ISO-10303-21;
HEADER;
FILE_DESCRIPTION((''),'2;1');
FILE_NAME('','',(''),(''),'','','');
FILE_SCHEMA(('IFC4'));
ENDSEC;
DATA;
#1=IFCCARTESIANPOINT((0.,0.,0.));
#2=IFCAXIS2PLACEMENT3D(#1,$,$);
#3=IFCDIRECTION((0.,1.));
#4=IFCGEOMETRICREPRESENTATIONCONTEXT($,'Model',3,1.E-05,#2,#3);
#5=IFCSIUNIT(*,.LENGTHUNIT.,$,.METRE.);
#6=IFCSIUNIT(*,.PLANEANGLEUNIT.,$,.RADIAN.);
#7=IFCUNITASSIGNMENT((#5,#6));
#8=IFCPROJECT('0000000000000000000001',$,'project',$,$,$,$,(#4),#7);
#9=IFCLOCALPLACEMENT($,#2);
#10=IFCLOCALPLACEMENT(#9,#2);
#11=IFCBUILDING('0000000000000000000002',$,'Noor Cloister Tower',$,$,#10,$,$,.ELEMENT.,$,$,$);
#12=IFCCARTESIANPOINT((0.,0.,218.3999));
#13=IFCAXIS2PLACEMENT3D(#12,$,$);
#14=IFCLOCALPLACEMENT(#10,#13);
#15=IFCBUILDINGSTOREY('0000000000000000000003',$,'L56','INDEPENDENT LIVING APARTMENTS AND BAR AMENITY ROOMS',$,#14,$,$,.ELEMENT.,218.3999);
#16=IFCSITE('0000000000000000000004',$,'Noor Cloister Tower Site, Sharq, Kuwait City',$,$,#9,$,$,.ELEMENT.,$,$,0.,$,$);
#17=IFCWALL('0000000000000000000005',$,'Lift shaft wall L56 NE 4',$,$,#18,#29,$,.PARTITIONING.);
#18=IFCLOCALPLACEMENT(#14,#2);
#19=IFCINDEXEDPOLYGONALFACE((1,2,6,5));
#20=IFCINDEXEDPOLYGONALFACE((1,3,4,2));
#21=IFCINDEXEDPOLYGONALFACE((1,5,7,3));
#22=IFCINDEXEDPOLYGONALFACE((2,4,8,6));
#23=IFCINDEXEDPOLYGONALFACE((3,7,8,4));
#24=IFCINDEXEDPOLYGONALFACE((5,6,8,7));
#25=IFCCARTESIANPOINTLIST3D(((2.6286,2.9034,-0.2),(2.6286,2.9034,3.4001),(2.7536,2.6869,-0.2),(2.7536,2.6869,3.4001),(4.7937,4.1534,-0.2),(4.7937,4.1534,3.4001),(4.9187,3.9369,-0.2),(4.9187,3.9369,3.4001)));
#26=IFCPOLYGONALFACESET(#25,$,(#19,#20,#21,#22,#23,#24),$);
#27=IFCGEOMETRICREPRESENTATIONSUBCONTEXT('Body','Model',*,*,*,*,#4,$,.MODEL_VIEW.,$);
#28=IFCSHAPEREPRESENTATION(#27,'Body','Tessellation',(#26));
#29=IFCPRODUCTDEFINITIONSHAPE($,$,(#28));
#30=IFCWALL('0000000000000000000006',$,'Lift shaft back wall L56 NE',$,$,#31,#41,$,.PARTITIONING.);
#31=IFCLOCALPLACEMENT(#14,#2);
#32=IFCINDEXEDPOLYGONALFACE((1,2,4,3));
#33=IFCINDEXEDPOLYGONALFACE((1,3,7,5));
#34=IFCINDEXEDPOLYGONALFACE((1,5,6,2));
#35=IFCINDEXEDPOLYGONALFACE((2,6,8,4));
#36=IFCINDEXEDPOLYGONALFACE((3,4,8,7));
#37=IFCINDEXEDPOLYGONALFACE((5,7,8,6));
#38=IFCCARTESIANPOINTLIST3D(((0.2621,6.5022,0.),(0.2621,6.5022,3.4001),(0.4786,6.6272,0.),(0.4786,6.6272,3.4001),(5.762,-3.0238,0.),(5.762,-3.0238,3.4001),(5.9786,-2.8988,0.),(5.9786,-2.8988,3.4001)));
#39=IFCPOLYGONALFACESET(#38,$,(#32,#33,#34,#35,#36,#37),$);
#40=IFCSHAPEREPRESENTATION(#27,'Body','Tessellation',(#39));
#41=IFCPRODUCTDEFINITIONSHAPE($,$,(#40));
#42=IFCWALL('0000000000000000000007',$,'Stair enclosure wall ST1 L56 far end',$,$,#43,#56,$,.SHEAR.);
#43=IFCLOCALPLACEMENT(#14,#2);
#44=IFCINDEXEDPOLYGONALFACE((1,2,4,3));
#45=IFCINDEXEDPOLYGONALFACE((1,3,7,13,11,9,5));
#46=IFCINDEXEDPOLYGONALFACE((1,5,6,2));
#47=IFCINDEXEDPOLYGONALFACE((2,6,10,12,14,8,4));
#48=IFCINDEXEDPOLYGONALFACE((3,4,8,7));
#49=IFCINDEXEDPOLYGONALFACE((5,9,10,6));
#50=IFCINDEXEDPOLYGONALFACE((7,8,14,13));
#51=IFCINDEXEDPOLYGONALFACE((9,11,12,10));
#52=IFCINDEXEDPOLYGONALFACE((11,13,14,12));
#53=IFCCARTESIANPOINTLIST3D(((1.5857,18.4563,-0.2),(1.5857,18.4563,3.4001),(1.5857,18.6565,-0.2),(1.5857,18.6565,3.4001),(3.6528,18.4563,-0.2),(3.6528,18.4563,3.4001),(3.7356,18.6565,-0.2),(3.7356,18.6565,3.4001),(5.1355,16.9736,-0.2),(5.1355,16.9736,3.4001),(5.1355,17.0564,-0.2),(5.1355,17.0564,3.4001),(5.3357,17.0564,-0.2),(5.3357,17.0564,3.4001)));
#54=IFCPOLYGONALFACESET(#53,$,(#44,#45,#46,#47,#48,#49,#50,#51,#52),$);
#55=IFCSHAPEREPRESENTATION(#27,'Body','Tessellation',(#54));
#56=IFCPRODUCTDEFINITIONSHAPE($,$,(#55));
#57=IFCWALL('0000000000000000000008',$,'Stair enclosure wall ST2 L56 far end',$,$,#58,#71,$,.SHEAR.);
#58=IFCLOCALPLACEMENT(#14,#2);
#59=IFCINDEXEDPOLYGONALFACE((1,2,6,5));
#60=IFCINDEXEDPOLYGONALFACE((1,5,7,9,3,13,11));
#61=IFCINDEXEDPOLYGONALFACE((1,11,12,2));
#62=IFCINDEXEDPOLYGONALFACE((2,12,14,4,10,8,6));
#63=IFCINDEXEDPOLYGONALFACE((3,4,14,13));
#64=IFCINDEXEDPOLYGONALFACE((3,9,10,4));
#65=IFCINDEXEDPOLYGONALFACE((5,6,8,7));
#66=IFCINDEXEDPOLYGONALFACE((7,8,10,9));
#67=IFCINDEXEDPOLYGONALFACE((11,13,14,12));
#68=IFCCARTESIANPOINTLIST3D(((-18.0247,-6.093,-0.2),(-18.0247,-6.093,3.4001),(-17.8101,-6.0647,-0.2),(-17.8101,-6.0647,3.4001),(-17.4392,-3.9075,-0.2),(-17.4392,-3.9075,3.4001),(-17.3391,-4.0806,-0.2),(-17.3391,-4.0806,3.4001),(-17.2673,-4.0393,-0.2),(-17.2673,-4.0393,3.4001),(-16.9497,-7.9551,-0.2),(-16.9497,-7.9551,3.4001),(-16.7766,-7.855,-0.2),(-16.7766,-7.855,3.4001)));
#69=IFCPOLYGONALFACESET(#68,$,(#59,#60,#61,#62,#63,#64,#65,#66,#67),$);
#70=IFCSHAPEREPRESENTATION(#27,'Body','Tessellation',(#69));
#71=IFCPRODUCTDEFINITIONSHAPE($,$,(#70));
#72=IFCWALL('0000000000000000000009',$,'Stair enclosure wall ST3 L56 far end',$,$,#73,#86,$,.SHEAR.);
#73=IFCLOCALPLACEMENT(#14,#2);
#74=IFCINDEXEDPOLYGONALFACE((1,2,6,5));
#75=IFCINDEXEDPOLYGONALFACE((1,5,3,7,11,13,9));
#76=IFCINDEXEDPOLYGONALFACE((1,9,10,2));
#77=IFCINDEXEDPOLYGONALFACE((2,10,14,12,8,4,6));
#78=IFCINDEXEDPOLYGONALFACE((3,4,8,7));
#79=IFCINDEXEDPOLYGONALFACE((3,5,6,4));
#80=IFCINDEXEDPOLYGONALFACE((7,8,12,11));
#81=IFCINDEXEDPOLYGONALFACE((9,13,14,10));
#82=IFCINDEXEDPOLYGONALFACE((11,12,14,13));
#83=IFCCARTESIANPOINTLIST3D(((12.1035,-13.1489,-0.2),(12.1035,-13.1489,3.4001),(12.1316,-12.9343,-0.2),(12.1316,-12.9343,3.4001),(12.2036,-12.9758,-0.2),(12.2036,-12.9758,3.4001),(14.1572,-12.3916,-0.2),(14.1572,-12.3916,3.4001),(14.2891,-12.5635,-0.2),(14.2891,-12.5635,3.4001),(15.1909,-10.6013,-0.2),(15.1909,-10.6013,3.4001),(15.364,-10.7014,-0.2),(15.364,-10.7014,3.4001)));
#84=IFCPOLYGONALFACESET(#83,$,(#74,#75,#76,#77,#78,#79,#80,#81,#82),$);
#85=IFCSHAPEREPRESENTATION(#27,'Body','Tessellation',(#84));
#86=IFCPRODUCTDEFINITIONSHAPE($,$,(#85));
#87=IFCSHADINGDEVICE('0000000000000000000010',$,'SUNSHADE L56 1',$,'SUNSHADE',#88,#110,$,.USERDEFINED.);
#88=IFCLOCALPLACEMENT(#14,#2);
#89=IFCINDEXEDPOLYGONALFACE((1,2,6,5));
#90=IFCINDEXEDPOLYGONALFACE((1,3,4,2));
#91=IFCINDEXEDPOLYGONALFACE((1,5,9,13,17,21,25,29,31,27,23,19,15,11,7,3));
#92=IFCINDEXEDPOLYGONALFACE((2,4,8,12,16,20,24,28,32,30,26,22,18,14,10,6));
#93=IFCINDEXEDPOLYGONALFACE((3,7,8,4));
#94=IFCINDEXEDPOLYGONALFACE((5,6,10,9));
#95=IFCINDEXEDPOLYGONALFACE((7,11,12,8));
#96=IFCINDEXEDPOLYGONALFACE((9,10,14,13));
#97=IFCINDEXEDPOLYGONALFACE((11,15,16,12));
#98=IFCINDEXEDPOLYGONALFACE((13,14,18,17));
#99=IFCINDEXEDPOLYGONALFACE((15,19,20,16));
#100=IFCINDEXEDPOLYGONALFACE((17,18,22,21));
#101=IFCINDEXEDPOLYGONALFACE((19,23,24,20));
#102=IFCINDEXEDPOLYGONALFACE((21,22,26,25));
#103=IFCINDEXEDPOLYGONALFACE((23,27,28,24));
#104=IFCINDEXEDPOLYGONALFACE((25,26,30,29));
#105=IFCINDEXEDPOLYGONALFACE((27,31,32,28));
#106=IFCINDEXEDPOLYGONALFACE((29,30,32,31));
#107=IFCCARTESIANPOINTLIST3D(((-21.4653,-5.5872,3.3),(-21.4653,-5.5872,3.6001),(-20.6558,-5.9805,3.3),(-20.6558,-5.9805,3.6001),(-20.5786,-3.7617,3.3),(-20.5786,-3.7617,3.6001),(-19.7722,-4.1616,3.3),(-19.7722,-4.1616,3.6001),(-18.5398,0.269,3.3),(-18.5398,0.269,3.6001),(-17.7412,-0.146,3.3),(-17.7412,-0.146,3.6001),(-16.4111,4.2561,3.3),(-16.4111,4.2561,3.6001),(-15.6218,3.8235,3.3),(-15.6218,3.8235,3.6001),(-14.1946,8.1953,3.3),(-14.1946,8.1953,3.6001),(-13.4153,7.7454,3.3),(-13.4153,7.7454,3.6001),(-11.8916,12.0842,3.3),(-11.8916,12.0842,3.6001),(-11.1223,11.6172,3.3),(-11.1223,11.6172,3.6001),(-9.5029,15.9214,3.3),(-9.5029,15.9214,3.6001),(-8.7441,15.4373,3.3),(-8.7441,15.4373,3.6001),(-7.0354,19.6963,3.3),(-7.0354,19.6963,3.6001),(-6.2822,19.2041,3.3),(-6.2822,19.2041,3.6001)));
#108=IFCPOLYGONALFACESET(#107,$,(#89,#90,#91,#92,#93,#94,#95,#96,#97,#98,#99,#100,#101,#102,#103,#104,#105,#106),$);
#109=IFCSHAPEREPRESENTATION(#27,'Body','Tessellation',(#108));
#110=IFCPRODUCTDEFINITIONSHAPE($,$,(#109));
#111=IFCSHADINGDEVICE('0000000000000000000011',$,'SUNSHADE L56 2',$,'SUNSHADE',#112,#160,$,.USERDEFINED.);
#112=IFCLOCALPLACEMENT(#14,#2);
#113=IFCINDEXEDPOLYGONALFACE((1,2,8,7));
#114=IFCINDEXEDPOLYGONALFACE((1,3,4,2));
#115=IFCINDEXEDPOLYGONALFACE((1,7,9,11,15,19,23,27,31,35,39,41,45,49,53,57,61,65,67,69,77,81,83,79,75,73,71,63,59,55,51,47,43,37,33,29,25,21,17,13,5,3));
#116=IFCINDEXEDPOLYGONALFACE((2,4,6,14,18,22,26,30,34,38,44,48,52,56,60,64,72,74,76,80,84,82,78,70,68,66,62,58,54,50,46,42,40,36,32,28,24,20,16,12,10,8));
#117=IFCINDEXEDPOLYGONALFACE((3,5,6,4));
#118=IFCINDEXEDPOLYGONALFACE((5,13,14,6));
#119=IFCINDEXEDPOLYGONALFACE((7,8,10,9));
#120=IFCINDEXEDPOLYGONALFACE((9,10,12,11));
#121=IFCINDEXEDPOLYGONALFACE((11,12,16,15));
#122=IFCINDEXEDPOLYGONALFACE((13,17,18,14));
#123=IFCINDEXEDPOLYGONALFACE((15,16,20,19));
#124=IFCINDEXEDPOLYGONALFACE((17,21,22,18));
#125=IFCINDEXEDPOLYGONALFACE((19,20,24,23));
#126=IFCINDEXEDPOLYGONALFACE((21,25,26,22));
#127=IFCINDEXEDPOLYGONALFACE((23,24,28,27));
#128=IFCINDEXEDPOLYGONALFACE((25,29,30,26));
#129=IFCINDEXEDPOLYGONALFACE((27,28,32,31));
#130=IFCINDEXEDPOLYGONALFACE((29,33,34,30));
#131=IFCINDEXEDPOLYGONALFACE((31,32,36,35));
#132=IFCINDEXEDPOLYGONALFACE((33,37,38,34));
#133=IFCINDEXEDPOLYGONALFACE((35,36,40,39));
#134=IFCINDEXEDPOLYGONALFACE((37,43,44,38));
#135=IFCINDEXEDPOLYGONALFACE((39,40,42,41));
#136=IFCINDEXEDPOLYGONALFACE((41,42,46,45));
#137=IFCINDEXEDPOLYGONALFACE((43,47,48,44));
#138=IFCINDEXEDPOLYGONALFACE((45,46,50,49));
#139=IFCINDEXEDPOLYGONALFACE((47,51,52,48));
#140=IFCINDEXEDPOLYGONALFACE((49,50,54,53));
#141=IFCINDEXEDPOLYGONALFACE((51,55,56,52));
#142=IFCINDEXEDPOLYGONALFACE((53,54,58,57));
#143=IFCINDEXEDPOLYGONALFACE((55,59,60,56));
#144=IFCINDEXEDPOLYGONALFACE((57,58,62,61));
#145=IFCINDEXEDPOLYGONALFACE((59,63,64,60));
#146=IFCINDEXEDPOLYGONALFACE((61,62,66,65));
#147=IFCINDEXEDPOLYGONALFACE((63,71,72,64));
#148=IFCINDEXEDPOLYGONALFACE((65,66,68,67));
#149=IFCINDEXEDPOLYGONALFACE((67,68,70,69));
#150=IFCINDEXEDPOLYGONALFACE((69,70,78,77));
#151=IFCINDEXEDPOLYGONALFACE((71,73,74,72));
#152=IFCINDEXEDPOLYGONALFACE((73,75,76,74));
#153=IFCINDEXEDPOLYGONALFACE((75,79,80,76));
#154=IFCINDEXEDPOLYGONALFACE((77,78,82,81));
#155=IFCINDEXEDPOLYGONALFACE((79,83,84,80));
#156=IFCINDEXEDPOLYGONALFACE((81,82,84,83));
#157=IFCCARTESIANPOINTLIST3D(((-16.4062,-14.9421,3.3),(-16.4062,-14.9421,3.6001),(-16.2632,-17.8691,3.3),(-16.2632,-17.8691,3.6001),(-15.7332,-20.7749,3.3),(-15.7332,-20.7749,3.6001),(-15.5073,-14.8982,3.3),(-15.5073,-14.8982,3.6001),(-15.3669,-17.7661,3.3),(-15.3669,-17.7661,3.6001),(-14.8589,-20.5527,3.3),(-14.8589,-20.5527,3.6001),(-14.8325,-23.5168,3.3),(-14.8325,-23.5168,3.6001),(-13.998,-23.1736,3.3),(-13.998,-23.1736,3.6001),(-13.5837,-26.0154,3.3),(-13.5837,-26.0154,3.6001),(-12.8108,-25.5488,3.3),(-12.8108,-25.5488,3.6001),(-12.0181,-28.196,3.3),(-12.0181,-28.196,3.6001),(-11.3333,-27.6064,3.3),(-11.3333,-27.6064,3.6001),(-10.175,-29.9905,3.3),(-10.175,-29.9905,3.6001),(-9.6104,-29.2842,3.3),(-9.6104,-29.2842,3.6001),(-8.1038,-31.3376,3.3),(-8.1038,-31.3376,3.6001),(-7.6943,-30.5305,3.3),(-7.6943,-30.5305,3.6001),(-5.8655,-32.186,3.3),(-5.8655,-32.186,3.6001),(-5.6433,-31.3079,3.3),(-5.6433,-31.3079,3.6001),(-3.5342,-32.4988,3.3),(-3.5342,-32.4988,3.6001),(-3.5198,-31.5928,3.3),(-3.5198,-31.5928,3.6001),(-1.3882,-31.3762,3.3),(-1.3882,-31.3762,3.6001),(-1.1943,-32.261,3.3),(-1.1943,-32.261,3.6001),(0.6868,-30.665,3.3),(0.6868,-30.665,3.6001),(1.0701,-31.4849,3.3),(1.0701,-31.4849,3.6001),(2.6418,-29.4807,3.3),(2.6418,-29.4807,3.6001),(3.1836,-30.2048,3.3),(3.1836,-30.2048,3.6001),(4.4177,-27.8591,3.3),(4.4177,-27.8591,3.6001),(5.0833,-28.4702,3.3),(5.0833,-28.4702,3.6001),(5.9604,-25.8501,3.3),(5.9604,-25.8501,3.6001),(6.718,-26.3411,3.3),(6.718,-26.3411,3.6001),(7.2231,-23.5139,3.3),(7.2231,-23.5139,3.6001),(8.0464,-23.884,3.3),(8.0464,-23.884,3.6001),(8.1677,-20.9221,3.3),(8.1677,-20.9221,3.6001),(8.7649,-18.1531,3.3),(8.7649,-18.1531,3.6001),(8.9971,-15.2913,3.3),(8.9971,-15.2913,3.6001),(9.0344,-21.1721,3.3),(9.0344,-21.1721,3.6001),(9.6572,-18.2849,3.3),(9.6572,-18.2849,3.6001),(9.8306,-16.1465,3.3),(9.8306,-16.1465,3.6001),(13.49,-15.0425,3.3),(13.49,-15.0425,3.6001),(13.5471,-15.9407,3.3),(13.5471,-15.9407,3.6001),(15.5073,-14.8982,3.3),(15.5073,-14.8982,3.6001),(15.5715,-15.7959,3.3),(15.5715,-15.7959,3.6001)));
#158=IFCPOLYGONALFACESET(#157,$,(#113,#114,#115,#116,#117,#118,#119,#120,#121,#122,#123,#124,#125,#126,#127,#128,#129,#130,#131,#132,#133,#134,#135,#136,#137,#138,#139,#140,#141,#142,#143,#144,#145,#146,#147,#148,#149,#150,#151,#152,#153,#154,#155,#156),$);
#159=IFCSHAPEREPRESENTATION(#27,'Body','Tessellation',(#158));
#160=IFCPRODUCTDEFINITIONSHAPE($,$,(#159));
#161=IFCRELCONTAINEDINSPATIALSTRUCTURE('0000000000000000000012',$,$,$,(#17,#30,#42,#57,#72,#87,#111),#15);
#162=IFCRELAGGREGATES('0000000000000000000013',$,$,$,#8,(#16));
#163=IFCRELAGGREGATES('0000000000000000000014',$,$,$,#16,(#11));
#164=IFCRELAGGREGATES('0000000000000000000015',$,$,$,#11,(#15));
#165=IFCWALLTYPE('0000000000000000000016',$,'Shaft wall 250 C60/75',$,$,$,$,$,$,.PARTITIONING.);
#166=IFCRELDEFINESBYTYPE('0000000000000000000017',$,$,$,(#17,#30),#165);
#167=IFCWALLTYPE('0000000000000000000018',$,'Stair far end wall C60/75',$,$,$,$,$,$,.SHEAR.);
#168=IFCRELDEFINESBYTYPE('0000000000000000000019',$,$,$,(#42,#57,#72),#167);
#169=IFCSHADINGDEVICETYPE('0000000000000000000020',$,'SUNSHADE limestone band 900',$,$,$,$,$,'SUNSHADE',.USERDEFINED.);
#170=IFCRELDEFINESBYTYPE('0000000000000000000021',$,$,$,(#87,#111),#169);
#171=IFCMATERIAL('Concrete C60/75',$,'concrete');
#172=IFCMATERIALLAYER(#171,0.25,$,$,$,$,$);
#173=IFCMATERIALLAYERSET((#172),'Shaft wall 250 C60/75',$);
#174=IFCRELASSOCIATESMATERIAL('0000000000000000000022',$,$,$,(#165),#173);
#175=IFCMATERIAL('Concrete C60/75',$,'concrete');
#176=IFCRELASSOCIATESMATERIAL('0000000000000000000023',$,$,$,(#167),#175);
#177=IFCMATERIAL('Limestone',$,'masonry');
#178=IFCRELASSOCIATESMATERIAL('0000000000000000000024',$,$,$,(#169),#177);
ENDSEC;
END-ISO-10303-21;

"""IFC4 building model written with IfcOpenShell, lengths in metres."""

from ifc_helpers import new_model, si_unit, direction, frame, frame_2d, origin, place, context, subcontext, project, spatial, polyline, rectangle, outline, extrude, material, layer, layer_set, type_object, element, save


model = new_model("IFC4")

# Units and contexts
model_context = context("Model", 3, precision=1e-05, world=origin(), true_north=direction((0.0, 1.0)))
body_context = subcontext(model_context, "Body", "Model", "MODEL_VIEW")
ifc_project = project(units=[si_unit("LENGTHUNIT", "METRE"), si_unit("PLANEANGLEUNIT", "RADIAN")], contexts=[model_context])

# Site, building, storey
site_placement = place(None, origin())
site = spatial("IfcSite", under=ifc_project, at=site_placement, Name="Noor Cloister Tower Site, Sharq, Kuwait City", CompositionType="ELEMENT", RefElevation=0.0)
building_placement = place(site_placement, origin())
building = spatial("IfcBuilding", under=site, at=building_placement, Name="Noor Cloister Tower", CompositionType="ELEMENT")
storey_placement = place(building_placement, frame((0.0, 0.0, 218.3999)))
storey = spatial("IfcBuildingStorey", under=building, at=storey_placement, Name="L56", Description="INDEPENDENT LIVING APARTMENTS AND BAR AMENITY ROOMS", CompositionType="ELEMENT", Elevation=218.3999)

# Walls
ifc_material_1 = material(Name="Concrete C60/75", Category="concrete")
ifc_layer_1 = layer(ifc_material_1, 0.25)
ifc_layer_set_1 = layer_set([ifc_layer_1], Name="Shaft wall 250 C60/75")
wall_type_1 = type_object("IfcWallType", Name="Shaft wall 250 C60/75", PredefinedType="PARTITIONING", material=ifc_layer_set_1)
wall_1_placement = place(storey_placement, frame((4.8562, 4.0452, -0.2), z_axis=(0.0, 0.0, 1.0), x_axis=(-0.866023, -0.500004, 0.0)))
element("IfcWall", 1, at=wall_1_placement, inside=storey, type_object=wall_type_1, Name="Lift shaft wall L56 NE 4", PredefinedType="PARTITIONING", context=body_context, shape_type="SweptSolid", body=[
    extrude(rectangle(XDim=2.5, YDim=0.25, at=frame_2d((1.25, 0.0))), origin(), (0.0, 0.0, 1.0), 3.6001),
])
wall_2_placement = place(storey_placement, frame((5.8704, -2.9614, 0.0), z_axis=(0.0, 0.0, 1.0), x_axis=(-0.500006, 0.866022, 0.0)))
element("IfcWall", 2, at=wall_2_placement, inside=storey, type_object=wall_type_1, Name="Lift shaft back wall L56 NE", PredefinedType="PARTITIONING", context=body_context, shape_type="SweptSolid", body=[
    extrude(rectangle(XDim=10.9998, YDim=0.25, at=frame_2d((5.5, 0.0))), origin(), (0.0, 0.0, 1.0), 3.4001),
])
ifc_material_2 = material(Name="Concrete C60/75", Category="concrete")
wall_type_2 = type_object("IfcWallType", Name="Stair far end wall C60/75", PredefinedType="SHEAR", material=ifc_material_2)
wall_3_placement = place(storey_placement, frame((0.0, 0.0, -0.2)))
element("IfcWall", 3, at=wall_3_placement, inside=storey, type_object=wall_type_2, Name="Stair enclosure wall ST1 L56 far end", PredefinedType="SHEAR", context=body_context, shape_type="SweptSolid", body=[
    extrude(outline(polyline([(5.3357, 17.0564), (3.7356, 18.6565), (1.5857, 18.6565), (1.5857, 18.4563), (3.6528, 18.4563), (5.1355, 16.9736), (5.1355, 17.0564), (5.1355, 17.0564), (5.1355, 17.0564), (5.1355, 17.0564), (5.1355, 17.0564), (5.1355, 17.0564), (5.1355, 17.0564), (5.1355, 17.0564), (5.1355, 17.0564), (5.1355, 17.0564), (5.1355, 17.0564), (5.1355, 17.0564), (5.1355, 17.0564), (5.1355, 17.0564), (5.1355, 17.0564), (5.1355, 17.0564), (5.1355, 17.0564), (5.3357, 17.0564)])), origin(), (0.0, 0.0, 1.0), 3.6001),
])
wall_4_placement = place(storey_placement, frame((0.0, 0.0, -0.2)))
element("IfcWall", 4, at=wall_4_placement, inside=storey, type_object=wall_type_2, Name="Stair enclosure wall ST2 L56 far end", PredefinedType="SHEAR", context=body_context, shape_type="SweptSolid", body=[
    extrude(outline(polyline([(-17.4392, -3.9075), (-18.0247, -6.093), (-16.9497, -7.9551), (-16.7766, -7.855), (-17.8101, -6.0647), (-17.2673, -4.0393), (-17.3391, -4.0806), (-17.3391, -4.0806), (-17.3391, -4.0806), (-17.3391, -4.0806), (-17.3391, -4.0806), (-17.3391, -4.0806), (-17.3391, -4.0806), (-17.3391, -4.0806), (-17.3391, -4.0806), (-17.3391, -4.0806), (-17.3391, -4.0806), (-17.3391, -4.0806), (-17.3391, -4.0806), (-17.3391, -4.0806), (-17.3391, -4.0806), (-17.3391, -4.0806), (-17.3391, -4.0806), (-17.4392, -3.9075)])), origin(), (0.0, 0.0, 1.0), 3.6001),
])
wall_5_placement = place(storey_placement, frame((0.0, 0.0, -0.2)))
element("IfcWall", 5, at=wall_5_placement, inside=storey, type_object=wall_type_2, Name="Stair enclosure wall ST3 L56 far end", PredefinedType="SHEAR", context=body_context, shape_type="SweptSolid", body=[
    extrude(outline(polyline([(12.1035, -13.1489), (14.2891, -12.5635), (15.364, -10.7014), (15.1909, -10.6013), (14.1572, -12.3916), (12.1316, -12.9343), (12.2036, -12.9758), (12.2036, -12.9758), (12.2036, -12.9758), (12.2036, -12.9758), (12.2036, -12.9758), (12.2036, -12.9758), (12.2036, -12.9758), (12.2036, -12.9758), (12.2036, -12.9758), (12.2036, -12.9758), (12.2036, -12.9758), (12.2036, -12.9758), (12.2036, -12.9758), (12.2036, -12.9758), (12.2036, -12.9758), (12.2036, -12.9758), (12.2036, -12.9758), (12.1035, -13.1489)])), origin(), (0.0, 0.0, 1.0), 3.6001),
])

# Shading devices
ifc_material_3 = material(Name="Limestone", Category="masonry")
shading_device_type = type_object("IfcShadingDeviceType", Name="SUNSHADE limestone band 900", ElementType="SUNSHADE", PredefinedType="USERDEFINED", material=ifc_material_3)
shading_device_1_placement = place(storey_placement, frame((0.0, 0.0, 3.3)))
element("IfcShadingDevice", 6, at=shading_device_1_placement, inside=storey, type_object=shading_device_type, Name="SUNSHADE L56 1", ObjectType="SUNSHADE", PredefinedType="USERDEFINED", context=body_context, shape_type="SweptSolid", body=[
    extrude(outline(polyline([(-7.0354, 19.6963), (-9.5029, 15.9214), (-11.8916, 12.0842), (-14.1946, 8.1953), (-16.4111, 4.2561), (-18.5398, 0.269), (-20.5786, -3.7617), (-21.4653, -5.5872), (-20.6558, -5.9805), (-19.7722, -4.1616), (-17.7412, -0.146), (-15.6218, 3.8235), (-13.4153, 7.7454), (-11.1223, 11.6172), (-8.7441, 15.4373), (-6.2822, 19.2041), (-7.0354, 19.6963)])), origin(), (0.0, 0.0, 1.0), 0.3),
])
shading_device_2_placement = place(storey_placement, frame((0.0, 0.0, 3.3)))
element("IfcShadingDevice", 7, at=shading_device_2_placement, inside=storey, type_object=shading_device_type, Name="SUNSHADE L56 2", ObjectType="SUNSHADE", PredefinedType="USERDEFINED", context=body_context, shape_type="SweptSolid", body=[
    extrude(outline(polyline([(-16.4062, -14.9421), (-16.2632, -17.8691), (-15.7332, -20.7749), (-14.8325, -23.5168), (-13.5837, -26.0154), (-12.0181, -28.196), (-10.175, -29.9905), (-8.1038, -31.3376), (-5.8655, -32.186), (-3.5342, -32.4988), (-1.1943, -32.261), (1.0701, -31.4849), (3.1836, -30.2048), (5.0833, -28.4702), (6.718, -26.3411), (8.0464, -23.884), (9.0344, -21.1721), (9.6572, -18.2849), (9.8306, -16.1465), (13.5471, -15.9407), (15.5715, -15.7959), (15.5073, -14.8982), (13.49, -15.0425), (8.9971, -15.2913), (8.7649, -18.1531), (8.1677, -20.9221), (7.2231, -23.5139), (5.9604, -25.8501), (4.4177, -27.8591), (2.6418, -29.4807), (0.6868, -30.665), (-1.3882, -31.3762), (-3.5198, -31.5928), (-5.6433, -31.3079), (-7.6943, -30.5305), (-9.6104, -29.2842), (-11.3333, -27.6064), (-12.8108, -25.5488), (-13.998, -23.1736), (-14.8589, -20.5527), (-15.3669, -17.7661), (-15.5073, -14.8982), (-16.4062, -14.9421)])), origin(), (0.0, 0.0, 1.0), 0.3),
])

save(model, "model.ifc")
